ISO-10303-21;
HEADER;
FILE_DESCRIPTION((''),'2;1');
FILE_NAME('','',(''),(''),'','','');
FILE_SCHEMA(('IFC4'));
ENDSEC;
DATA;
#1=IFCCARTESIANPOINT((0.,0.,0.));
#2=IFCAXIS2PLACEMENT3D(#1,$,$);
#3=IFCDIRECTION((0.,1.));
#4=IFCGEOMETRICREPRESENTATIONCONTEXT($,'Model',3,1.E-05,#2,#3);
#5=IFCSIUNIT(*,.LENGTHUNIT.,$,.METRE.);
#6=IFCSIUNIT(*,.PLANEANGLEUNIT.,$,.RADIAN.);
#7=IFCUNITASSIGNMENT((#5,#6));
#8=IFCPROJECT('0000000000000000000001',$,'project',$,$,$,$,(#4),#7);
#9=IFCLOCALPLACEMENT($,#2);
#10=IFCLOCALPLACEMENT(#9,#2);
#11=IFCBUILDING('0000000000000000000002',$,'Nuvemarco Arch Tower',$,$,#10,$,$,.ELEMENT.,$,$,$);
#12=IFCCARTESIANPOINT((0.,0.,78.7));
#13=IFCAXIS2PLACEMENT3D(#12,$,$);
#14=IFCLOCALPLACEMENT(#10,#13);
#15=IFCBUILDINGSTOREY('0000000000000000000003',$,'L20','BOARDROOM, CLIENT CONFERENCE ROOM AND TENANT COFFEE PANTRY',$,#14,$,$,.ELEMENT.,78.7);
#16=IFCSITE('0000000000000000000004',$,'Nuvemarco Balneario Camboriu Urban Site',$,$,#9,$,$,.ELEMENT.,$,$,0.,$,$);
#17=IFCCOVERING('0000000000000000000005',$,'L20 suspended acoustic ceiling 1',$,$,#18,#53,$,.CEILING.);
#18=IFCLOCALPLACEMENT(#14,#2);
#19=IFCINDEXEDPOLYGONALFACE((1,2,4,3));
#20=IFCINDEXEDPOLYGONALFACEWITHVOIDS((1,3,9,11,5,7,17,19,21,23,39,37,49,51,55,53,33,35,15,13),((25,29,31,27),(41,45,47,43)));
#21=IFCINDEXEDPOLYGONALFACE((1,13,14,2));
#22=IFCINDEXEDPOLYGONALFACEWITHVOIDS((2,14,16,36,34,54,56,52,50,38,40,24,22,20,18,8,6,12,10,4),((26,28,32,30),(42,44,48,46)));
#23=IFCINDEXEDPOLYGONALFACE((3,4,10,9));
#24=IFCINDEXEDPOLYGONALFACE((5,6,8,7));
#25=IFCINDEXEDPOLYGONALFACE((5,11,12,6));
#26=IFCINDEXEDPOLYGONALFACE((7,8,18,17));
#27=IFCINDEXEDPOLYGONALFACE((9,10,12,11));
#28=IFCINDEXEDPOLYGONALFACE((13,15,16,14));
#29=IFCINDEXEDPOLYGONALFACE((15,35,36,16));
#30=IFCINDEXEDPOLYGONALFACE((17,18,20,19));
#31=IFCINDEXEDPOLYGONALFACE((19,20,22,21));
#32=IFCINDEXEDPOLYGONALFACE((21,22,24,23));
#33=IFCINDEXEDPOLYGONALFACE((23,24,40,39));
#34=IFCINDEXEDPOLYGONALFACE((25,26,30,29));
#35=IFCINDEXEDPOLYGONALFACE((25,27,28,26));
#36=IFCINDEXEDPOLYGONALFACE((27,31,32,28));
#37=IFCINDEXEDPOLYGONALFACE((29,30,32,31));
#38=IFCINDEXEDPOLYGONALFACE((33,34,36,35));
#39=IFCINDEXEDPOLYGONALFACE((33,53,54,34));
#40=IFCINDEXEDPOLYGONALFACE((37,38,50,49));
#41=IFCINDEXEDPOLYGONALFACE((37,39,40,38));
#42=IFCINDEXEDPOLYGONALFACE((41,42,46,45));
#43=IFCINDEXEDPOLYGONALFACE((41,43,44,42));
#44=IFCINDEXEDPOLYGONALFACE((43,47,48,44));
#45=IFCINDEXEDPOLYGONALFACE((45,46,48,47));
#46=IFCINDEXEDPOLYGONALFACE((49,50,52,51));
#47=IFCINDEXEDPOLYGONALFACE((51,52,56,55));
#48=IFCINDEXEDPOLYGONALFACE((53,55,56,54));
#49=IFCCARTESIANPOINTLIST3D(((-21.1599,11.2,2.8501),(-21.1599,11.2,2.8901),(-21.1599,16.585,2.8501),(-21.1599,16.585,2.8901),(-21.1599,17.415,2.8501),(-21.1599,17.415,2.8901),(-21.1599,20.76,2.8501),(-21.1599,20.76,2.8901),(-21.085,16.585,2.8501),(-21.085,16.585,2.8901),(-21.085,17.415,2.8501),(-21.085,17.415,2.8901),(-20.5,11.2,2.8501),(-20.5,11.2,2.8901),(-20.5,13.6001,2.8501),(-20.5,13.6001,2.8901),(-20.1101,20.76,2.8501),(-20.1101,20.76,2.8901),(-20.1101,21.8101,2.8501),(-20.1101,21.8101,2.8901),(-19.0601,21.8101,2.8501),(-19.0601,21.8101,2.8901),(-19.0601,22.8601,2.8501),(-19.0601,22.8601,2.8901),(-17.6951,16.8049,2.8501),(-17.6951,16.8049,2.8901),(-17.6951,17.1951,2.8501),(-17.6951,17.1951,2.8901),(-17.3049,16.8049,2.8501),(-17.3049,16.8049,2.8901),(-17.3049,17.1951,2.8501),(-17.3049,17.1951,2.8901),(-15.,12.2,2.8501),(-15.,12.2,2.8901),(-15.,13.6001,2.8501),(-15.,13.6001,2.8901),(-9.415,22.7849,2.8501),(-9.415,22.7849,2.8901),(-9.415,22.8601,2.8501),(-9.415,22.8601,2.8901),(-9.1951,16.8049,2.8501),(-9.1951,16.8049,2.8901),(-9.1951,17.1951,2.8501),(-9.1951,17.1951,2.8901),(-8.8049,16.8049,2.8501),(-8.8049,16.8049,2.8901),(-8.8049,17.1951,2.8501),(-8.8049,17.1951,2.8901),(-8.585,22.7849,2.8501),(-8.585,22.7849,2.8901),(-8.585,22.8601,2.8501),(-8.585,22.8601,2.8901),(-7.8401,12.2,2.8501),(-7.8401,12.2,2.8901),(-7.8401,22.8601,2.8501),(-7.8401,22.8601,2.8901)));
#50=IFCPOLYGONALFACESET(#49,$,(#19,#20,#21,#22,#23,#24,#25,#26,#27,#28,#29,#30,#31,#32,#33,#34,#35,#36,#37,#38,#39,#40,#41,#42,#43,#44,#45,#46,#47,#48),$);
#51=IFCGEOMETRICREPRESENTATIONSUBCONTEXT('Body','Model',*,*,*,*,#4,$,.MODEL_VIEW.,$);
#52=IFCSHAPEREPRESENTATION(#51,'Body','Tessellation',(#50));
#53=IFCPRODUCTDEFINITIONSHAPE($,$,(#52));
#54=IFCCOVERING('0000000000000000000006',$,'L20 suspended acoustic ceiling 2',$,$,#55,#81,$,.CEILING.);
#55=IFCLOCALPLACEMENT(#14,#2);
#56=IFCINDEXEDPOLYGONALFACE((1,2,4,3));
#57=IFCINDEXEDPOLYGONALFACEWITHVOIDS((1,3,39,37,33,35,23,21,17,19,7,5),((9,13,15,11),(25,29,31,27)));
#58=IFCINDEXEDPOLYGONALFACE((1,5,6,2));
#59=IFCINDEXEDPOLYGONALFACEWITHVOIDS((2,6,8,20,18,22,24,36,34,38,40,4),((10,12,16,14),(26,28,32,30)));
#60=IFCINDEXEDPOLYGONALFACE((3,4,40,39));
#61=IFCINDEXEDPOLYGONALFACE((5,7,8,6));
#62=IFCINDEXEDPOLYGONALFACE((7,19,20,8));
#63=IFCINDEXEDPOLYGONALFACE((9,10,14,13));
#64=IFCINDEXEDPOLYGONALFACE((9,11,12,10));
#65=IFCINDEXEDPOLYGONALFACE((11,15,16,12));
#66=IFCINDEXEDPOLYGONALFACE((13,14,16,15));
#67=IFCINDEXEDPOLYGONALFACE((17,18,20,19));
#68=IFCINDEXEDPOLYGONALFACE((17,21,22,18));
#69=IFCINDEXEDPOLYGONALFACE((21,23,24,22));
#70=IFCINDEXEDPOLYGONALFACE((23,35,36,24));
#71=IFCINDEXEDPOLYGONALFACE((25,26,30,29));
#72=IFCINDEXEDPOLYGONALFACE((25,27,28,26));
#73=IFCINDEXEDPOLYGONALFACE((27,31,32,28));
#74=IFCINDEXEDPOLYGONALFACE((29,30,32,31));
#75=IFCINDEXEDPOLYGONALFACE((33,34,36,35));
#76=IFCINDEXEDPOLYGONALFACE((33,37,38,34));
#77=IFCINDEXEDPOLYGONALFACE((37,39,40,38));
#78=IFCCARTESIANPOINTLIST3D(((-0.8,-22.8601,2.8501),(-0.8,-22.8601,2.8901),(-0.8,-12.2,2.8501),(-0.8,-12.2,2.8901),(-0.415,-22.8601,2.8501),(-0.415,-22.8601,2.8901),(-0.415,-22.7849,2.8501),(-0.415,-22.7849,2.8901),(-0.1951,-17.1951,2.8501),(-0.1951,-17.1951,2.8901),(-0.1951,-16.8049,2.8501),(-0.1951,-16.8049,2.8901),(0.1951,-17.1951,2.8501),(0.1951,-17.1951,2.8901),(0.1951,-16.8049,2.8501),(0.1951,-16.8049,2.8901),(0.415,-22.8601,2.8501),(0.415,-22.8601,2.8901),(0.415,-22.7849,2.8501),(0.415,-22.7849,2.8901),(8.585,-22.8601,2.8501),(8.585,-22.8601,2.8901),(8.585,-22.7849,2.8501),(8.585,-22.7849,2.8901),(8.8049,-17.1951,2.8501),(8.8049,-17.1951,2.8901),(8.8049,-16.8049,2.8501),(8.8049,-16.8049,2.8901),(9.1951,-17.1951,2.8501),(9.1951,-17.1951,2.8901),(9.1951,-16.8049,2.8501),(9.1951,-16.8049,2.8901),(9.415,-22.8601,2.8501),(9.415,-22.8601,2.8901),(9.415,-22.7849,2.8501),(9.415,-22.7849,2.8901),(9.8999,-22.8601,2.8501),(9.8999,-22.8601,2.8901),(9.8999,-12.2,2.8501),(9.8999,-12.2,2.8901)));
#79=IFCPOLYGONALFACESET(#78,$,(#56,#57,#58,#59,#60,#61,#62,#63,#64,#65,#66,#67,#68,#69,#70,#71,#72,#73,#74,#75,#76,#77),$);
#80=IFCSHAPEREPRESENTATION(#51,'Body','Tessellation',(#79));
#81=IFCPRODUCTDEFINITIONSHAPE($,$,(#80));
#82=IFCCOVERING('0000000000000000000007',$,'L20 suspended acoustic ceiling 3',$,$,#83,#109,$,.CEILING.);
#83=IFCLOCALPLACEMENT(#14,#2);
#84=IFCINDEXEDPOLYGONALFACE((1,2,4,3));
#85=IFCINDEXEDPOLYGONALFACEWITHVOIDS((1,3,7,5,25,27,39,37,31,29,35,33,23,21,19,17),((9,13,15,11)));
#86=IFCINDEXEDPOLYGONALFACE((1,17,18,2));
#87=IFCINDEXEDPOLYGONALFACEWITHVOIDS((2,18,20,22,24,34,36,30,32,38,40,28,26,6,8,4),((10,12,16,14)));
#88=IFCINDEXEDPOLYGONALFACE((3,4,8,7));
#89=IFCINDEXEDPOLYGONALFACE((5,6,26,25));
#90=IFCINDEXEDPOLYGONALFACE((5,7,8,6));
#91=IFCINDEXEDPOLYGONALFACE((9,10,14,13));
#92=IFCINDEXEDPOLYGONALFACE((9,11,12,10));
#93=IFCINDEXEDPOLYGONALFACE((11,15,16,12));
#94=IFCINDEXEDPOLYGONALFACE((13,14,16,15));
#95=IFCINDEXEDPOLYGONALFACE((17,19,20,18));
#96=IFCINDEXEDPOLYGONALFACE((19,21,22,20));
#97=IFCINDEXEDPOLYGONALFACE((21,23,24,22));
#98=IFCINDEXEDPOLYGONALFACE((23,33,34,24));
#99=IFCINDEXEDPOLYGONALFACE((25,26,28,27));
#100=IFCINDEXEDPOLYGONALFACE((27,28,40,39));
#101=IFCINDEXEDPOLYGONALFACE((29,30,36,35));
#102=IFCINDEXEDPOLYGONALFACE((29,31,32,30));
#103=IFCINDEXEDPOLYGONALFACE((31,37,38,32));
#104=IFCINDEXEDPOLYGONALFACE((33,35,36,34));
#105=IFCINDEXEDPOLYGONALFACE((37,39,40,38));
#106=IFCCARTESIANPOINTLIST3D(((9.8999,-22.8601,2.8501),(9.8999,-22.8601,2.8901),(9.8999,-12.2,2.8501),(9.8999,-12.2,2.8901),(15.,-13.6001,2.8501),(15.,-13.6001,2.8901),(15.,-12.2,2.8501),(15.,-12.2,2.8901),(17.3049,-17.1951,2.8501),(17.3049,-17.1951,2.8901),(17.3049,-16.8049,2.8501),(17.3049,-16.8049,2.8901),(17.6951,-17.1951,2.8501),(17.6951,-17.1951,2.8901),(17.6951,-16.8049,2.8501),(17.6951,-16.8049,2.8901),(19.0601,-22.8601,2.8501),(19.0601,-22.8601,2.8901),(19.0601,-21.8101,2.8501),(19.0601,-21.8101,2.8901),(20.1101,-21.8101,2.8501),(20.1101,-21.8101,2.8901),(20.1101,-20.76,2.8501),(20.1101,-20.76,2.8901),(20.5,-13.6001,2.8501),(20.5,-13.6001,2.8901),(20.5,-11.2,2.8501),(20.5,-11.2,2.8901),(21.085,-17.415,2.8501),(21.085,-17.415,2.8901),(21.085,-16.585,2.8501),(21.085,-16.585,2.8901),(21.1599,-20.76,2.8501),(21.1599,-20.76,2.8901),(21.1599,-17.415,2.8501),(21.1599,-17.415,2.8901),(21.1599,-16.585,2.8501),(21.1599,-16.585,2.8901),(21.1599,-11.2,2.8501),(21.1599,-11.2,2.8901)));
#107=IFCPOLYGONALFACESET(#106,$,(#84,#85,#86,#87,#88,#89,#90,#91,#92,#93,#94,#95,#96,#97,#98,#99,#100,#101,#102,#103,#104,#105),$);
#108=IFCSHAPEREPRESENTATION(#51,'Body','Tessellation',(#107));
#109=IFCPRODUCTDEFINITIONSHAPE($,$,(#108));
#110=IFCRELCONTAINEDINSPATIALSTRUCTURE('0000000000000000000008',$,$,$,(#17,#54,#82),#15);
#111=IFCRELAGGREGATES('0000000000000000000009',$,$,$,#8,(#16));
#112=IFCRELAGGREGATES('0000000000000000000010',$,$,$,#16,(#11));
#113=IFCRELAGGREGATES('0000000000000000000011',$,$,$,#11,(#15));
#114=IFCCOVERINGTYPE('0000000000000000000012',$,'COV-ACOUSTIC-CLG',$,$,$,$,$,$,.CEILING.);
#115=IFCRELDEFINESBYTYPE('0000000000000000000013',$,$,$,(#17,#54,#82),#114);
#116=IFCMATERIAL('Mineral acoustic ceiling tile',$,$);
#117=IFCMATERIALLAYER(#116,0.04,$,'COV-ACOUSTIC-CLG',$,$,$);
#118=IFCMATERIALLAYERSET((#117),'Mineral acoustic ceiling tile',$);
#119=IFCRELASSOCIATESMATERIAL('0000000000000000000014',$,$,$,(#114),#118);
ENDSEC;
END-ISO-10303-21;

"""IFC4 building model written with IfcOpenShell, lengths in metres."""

from ifc_helpers import new_model, si_unit, direction, frame, origin, place, context, subcontext, project, spatial, polyline, outline, extrude, material, layer, layer_set, type_object, element, save


model = new_model("IFC4")

# Units and contexts
model_context = context("Model", 3, precision=1e-05, world=origin(), true_north=direction((0.0, 1.0)))
body_context = subcontext(model_context, "Body", "Model", "MODEL_VIEW")
ifc_project = project(units=[si_unit("LENGTHUNIT", "METRE"), si_unit("PLANEANGLEUNIT", "RADIAN")], contexts=[model_context])

# Site, building, storey
site_placement = place(None, origin())
site = spatial("IfcSite", under=ifc_project, at=site_placement, Name="Nuvemarco Balneario Camboriu Urban Site", CompositionType="ELEMENT", RefElevation=0.0)
building_placement = place(site_placement, origin())
building = spatial("IfcBuilding", under=site, at=building_placement, Name="Nuvemarco Arch Tower", CompositionType="ELEMENT")
storey_placement = place(building_placement, frame((0.0, 0.0, 78.7)))
storey = spatial("IfcBuildingStorey", under=building, at=storey_placement, Name="L20", Description="BOARDROOM, CLIENT CONFERENCE ROOM AND TENANT COFFEE PANTRY", CompositionType="ELEMENT", Elevation=78.7)

# Coverings
ifc_material_1 = material(Name="Mineral acoustic ceiling tile")
ifc_layer_1 = layer(ifc_material_1, 0.04, Name="COV-ACOUSTIC-CLG")
ifc_layer_set_1 = layer_set([ifc_layer_1], Name="Mineral acoustic ceiling tile")
covering_type = type_object("IfcCoveringType", Name="COV-ACOUSTIC-CLG", PredefinedType="CEILING", material=ifc_layer_set_1)
covering_1_placement = place(storey_placement, frame((0.0, 0.0, 2.8501)))
element("IfcCovering", 1, at=covering_1_placement, inside=storey, type_object=covering_type, Name="L20 suspended acoustic ceiling 1", PredefinedType="CEILING", context=body_context, shape_type="SweptSolid", body=[
    extrude(outline(polyline([(-21.1599, 11.2), (-21.1599, 16.585), (-21.085, 16.585), (-21.085, 17.415), (-21.1599, 17.415), (-21.1599, 20.76), (-20.1101, 20.76), (-20.1101, 21.8101), (-19.0601, 21.8101), (-19.0601, 22.8601), (-9.415, 22.8601), (-9.415, 22.7849), (-8.585, 22.7849), (-8.585, 22.8601), (-7.8401, 22.8601), (-7.8401, 12.2), (-15.0, 12.2), (-15.0, 13.6001), (-20.5, 13.6001), (-20.5, 11.2), (-21.1599, 11.2)]), holes=[polyline([(-17.3049, 16.8049), (-17.3049, 17.1951), (-17.6951, 17.1951), (-17.6951, 16.8049), (-17.3049, 16.8049)]), polyline([(-8.8049, 16.8049), (-8.8049, 17.1951), (-9.1951, 17.1951), (-9.1951, 16.8049), (-8.8049, 16.8049)])]), origin(), (0.0, 0.0, 1.0), 0.04),
])
covering_2_placement = place(storey_placement, frame((0.0, 0.0, 2.8501)))
element("IfcCovering", 2, at=covering_2_placement, inside=storey, type_object=covering_type, Name="L20 suspended acoustic ceiling 2", PredefinedType="CEILING", context=body_context, shape_type="SweptSolid", body=[
    extrude(outline(polyline([(9.415, -22.8601), (9.415, -22.7849), (8.585, -22.7849), (8.585, -22.8601), (0.415, -22.8601), (0.415, -22.7849), (-0.415, -22.7849), (-0.415, -22.8601), (-0.8, -22.8601), (-0.8, -12.2), (9.8999, -12.2), (9.8999, -22.8601), (9.415, -22.8601)]), holes=[polyline([(0.1951, -17.1951), (0.1951, -16.8049), (-0.1951, -16.8049), (-0.1951, -17.1951), (0.1951, -17.1951)]), polyline([(9.1951, -17.1951), (9.1951, -16.8049), (8.8049, -16.8049), (8.8049, -17.1951), (9.1951, -17.1951)])]), origin(), (0.0, 0.0, 1.0), 0.04),
])
covering_3_placement = place(storey_placement, frame((0.0, 0.0, 2.8501)))
element("IfcCovering", 3, at=covering_3_placement, inside=storey, type_object=covering_type, Name="L20 suspended acoustic ceiling 3", PredefinedType="CEILING", context=body_context, shape_type="SweptSolid", body=[
    extrude(outline(polyline([(19.0601, -22.8601), (9.8999, -22.8601), (9.8999, -12.2), (15.0, -12.2), (15.0, -13.6001), (20.5, -13.6001), (20.5, -11.2), (21.1599, -11.2), (21.1599, -16.585), (21.085, -16.585), (21.085, -17.415), (21.1599, -17.415), (21.1599, -20.76), (20.1101, -20.76), (20.1101, -21.8101), (19.0601, -21.8101), (19.0601, -22.8601)]), holes=[polyline([(17.6951, -17.1951), (17.6951, -16.8049), (17.3049, -16.8049), (17.3049, -17.1951), (17.6951, -17.1951)])]), origin(), (0.0, 0.0, 1.0), 0.04),
])

save(model, "model.ifc")
